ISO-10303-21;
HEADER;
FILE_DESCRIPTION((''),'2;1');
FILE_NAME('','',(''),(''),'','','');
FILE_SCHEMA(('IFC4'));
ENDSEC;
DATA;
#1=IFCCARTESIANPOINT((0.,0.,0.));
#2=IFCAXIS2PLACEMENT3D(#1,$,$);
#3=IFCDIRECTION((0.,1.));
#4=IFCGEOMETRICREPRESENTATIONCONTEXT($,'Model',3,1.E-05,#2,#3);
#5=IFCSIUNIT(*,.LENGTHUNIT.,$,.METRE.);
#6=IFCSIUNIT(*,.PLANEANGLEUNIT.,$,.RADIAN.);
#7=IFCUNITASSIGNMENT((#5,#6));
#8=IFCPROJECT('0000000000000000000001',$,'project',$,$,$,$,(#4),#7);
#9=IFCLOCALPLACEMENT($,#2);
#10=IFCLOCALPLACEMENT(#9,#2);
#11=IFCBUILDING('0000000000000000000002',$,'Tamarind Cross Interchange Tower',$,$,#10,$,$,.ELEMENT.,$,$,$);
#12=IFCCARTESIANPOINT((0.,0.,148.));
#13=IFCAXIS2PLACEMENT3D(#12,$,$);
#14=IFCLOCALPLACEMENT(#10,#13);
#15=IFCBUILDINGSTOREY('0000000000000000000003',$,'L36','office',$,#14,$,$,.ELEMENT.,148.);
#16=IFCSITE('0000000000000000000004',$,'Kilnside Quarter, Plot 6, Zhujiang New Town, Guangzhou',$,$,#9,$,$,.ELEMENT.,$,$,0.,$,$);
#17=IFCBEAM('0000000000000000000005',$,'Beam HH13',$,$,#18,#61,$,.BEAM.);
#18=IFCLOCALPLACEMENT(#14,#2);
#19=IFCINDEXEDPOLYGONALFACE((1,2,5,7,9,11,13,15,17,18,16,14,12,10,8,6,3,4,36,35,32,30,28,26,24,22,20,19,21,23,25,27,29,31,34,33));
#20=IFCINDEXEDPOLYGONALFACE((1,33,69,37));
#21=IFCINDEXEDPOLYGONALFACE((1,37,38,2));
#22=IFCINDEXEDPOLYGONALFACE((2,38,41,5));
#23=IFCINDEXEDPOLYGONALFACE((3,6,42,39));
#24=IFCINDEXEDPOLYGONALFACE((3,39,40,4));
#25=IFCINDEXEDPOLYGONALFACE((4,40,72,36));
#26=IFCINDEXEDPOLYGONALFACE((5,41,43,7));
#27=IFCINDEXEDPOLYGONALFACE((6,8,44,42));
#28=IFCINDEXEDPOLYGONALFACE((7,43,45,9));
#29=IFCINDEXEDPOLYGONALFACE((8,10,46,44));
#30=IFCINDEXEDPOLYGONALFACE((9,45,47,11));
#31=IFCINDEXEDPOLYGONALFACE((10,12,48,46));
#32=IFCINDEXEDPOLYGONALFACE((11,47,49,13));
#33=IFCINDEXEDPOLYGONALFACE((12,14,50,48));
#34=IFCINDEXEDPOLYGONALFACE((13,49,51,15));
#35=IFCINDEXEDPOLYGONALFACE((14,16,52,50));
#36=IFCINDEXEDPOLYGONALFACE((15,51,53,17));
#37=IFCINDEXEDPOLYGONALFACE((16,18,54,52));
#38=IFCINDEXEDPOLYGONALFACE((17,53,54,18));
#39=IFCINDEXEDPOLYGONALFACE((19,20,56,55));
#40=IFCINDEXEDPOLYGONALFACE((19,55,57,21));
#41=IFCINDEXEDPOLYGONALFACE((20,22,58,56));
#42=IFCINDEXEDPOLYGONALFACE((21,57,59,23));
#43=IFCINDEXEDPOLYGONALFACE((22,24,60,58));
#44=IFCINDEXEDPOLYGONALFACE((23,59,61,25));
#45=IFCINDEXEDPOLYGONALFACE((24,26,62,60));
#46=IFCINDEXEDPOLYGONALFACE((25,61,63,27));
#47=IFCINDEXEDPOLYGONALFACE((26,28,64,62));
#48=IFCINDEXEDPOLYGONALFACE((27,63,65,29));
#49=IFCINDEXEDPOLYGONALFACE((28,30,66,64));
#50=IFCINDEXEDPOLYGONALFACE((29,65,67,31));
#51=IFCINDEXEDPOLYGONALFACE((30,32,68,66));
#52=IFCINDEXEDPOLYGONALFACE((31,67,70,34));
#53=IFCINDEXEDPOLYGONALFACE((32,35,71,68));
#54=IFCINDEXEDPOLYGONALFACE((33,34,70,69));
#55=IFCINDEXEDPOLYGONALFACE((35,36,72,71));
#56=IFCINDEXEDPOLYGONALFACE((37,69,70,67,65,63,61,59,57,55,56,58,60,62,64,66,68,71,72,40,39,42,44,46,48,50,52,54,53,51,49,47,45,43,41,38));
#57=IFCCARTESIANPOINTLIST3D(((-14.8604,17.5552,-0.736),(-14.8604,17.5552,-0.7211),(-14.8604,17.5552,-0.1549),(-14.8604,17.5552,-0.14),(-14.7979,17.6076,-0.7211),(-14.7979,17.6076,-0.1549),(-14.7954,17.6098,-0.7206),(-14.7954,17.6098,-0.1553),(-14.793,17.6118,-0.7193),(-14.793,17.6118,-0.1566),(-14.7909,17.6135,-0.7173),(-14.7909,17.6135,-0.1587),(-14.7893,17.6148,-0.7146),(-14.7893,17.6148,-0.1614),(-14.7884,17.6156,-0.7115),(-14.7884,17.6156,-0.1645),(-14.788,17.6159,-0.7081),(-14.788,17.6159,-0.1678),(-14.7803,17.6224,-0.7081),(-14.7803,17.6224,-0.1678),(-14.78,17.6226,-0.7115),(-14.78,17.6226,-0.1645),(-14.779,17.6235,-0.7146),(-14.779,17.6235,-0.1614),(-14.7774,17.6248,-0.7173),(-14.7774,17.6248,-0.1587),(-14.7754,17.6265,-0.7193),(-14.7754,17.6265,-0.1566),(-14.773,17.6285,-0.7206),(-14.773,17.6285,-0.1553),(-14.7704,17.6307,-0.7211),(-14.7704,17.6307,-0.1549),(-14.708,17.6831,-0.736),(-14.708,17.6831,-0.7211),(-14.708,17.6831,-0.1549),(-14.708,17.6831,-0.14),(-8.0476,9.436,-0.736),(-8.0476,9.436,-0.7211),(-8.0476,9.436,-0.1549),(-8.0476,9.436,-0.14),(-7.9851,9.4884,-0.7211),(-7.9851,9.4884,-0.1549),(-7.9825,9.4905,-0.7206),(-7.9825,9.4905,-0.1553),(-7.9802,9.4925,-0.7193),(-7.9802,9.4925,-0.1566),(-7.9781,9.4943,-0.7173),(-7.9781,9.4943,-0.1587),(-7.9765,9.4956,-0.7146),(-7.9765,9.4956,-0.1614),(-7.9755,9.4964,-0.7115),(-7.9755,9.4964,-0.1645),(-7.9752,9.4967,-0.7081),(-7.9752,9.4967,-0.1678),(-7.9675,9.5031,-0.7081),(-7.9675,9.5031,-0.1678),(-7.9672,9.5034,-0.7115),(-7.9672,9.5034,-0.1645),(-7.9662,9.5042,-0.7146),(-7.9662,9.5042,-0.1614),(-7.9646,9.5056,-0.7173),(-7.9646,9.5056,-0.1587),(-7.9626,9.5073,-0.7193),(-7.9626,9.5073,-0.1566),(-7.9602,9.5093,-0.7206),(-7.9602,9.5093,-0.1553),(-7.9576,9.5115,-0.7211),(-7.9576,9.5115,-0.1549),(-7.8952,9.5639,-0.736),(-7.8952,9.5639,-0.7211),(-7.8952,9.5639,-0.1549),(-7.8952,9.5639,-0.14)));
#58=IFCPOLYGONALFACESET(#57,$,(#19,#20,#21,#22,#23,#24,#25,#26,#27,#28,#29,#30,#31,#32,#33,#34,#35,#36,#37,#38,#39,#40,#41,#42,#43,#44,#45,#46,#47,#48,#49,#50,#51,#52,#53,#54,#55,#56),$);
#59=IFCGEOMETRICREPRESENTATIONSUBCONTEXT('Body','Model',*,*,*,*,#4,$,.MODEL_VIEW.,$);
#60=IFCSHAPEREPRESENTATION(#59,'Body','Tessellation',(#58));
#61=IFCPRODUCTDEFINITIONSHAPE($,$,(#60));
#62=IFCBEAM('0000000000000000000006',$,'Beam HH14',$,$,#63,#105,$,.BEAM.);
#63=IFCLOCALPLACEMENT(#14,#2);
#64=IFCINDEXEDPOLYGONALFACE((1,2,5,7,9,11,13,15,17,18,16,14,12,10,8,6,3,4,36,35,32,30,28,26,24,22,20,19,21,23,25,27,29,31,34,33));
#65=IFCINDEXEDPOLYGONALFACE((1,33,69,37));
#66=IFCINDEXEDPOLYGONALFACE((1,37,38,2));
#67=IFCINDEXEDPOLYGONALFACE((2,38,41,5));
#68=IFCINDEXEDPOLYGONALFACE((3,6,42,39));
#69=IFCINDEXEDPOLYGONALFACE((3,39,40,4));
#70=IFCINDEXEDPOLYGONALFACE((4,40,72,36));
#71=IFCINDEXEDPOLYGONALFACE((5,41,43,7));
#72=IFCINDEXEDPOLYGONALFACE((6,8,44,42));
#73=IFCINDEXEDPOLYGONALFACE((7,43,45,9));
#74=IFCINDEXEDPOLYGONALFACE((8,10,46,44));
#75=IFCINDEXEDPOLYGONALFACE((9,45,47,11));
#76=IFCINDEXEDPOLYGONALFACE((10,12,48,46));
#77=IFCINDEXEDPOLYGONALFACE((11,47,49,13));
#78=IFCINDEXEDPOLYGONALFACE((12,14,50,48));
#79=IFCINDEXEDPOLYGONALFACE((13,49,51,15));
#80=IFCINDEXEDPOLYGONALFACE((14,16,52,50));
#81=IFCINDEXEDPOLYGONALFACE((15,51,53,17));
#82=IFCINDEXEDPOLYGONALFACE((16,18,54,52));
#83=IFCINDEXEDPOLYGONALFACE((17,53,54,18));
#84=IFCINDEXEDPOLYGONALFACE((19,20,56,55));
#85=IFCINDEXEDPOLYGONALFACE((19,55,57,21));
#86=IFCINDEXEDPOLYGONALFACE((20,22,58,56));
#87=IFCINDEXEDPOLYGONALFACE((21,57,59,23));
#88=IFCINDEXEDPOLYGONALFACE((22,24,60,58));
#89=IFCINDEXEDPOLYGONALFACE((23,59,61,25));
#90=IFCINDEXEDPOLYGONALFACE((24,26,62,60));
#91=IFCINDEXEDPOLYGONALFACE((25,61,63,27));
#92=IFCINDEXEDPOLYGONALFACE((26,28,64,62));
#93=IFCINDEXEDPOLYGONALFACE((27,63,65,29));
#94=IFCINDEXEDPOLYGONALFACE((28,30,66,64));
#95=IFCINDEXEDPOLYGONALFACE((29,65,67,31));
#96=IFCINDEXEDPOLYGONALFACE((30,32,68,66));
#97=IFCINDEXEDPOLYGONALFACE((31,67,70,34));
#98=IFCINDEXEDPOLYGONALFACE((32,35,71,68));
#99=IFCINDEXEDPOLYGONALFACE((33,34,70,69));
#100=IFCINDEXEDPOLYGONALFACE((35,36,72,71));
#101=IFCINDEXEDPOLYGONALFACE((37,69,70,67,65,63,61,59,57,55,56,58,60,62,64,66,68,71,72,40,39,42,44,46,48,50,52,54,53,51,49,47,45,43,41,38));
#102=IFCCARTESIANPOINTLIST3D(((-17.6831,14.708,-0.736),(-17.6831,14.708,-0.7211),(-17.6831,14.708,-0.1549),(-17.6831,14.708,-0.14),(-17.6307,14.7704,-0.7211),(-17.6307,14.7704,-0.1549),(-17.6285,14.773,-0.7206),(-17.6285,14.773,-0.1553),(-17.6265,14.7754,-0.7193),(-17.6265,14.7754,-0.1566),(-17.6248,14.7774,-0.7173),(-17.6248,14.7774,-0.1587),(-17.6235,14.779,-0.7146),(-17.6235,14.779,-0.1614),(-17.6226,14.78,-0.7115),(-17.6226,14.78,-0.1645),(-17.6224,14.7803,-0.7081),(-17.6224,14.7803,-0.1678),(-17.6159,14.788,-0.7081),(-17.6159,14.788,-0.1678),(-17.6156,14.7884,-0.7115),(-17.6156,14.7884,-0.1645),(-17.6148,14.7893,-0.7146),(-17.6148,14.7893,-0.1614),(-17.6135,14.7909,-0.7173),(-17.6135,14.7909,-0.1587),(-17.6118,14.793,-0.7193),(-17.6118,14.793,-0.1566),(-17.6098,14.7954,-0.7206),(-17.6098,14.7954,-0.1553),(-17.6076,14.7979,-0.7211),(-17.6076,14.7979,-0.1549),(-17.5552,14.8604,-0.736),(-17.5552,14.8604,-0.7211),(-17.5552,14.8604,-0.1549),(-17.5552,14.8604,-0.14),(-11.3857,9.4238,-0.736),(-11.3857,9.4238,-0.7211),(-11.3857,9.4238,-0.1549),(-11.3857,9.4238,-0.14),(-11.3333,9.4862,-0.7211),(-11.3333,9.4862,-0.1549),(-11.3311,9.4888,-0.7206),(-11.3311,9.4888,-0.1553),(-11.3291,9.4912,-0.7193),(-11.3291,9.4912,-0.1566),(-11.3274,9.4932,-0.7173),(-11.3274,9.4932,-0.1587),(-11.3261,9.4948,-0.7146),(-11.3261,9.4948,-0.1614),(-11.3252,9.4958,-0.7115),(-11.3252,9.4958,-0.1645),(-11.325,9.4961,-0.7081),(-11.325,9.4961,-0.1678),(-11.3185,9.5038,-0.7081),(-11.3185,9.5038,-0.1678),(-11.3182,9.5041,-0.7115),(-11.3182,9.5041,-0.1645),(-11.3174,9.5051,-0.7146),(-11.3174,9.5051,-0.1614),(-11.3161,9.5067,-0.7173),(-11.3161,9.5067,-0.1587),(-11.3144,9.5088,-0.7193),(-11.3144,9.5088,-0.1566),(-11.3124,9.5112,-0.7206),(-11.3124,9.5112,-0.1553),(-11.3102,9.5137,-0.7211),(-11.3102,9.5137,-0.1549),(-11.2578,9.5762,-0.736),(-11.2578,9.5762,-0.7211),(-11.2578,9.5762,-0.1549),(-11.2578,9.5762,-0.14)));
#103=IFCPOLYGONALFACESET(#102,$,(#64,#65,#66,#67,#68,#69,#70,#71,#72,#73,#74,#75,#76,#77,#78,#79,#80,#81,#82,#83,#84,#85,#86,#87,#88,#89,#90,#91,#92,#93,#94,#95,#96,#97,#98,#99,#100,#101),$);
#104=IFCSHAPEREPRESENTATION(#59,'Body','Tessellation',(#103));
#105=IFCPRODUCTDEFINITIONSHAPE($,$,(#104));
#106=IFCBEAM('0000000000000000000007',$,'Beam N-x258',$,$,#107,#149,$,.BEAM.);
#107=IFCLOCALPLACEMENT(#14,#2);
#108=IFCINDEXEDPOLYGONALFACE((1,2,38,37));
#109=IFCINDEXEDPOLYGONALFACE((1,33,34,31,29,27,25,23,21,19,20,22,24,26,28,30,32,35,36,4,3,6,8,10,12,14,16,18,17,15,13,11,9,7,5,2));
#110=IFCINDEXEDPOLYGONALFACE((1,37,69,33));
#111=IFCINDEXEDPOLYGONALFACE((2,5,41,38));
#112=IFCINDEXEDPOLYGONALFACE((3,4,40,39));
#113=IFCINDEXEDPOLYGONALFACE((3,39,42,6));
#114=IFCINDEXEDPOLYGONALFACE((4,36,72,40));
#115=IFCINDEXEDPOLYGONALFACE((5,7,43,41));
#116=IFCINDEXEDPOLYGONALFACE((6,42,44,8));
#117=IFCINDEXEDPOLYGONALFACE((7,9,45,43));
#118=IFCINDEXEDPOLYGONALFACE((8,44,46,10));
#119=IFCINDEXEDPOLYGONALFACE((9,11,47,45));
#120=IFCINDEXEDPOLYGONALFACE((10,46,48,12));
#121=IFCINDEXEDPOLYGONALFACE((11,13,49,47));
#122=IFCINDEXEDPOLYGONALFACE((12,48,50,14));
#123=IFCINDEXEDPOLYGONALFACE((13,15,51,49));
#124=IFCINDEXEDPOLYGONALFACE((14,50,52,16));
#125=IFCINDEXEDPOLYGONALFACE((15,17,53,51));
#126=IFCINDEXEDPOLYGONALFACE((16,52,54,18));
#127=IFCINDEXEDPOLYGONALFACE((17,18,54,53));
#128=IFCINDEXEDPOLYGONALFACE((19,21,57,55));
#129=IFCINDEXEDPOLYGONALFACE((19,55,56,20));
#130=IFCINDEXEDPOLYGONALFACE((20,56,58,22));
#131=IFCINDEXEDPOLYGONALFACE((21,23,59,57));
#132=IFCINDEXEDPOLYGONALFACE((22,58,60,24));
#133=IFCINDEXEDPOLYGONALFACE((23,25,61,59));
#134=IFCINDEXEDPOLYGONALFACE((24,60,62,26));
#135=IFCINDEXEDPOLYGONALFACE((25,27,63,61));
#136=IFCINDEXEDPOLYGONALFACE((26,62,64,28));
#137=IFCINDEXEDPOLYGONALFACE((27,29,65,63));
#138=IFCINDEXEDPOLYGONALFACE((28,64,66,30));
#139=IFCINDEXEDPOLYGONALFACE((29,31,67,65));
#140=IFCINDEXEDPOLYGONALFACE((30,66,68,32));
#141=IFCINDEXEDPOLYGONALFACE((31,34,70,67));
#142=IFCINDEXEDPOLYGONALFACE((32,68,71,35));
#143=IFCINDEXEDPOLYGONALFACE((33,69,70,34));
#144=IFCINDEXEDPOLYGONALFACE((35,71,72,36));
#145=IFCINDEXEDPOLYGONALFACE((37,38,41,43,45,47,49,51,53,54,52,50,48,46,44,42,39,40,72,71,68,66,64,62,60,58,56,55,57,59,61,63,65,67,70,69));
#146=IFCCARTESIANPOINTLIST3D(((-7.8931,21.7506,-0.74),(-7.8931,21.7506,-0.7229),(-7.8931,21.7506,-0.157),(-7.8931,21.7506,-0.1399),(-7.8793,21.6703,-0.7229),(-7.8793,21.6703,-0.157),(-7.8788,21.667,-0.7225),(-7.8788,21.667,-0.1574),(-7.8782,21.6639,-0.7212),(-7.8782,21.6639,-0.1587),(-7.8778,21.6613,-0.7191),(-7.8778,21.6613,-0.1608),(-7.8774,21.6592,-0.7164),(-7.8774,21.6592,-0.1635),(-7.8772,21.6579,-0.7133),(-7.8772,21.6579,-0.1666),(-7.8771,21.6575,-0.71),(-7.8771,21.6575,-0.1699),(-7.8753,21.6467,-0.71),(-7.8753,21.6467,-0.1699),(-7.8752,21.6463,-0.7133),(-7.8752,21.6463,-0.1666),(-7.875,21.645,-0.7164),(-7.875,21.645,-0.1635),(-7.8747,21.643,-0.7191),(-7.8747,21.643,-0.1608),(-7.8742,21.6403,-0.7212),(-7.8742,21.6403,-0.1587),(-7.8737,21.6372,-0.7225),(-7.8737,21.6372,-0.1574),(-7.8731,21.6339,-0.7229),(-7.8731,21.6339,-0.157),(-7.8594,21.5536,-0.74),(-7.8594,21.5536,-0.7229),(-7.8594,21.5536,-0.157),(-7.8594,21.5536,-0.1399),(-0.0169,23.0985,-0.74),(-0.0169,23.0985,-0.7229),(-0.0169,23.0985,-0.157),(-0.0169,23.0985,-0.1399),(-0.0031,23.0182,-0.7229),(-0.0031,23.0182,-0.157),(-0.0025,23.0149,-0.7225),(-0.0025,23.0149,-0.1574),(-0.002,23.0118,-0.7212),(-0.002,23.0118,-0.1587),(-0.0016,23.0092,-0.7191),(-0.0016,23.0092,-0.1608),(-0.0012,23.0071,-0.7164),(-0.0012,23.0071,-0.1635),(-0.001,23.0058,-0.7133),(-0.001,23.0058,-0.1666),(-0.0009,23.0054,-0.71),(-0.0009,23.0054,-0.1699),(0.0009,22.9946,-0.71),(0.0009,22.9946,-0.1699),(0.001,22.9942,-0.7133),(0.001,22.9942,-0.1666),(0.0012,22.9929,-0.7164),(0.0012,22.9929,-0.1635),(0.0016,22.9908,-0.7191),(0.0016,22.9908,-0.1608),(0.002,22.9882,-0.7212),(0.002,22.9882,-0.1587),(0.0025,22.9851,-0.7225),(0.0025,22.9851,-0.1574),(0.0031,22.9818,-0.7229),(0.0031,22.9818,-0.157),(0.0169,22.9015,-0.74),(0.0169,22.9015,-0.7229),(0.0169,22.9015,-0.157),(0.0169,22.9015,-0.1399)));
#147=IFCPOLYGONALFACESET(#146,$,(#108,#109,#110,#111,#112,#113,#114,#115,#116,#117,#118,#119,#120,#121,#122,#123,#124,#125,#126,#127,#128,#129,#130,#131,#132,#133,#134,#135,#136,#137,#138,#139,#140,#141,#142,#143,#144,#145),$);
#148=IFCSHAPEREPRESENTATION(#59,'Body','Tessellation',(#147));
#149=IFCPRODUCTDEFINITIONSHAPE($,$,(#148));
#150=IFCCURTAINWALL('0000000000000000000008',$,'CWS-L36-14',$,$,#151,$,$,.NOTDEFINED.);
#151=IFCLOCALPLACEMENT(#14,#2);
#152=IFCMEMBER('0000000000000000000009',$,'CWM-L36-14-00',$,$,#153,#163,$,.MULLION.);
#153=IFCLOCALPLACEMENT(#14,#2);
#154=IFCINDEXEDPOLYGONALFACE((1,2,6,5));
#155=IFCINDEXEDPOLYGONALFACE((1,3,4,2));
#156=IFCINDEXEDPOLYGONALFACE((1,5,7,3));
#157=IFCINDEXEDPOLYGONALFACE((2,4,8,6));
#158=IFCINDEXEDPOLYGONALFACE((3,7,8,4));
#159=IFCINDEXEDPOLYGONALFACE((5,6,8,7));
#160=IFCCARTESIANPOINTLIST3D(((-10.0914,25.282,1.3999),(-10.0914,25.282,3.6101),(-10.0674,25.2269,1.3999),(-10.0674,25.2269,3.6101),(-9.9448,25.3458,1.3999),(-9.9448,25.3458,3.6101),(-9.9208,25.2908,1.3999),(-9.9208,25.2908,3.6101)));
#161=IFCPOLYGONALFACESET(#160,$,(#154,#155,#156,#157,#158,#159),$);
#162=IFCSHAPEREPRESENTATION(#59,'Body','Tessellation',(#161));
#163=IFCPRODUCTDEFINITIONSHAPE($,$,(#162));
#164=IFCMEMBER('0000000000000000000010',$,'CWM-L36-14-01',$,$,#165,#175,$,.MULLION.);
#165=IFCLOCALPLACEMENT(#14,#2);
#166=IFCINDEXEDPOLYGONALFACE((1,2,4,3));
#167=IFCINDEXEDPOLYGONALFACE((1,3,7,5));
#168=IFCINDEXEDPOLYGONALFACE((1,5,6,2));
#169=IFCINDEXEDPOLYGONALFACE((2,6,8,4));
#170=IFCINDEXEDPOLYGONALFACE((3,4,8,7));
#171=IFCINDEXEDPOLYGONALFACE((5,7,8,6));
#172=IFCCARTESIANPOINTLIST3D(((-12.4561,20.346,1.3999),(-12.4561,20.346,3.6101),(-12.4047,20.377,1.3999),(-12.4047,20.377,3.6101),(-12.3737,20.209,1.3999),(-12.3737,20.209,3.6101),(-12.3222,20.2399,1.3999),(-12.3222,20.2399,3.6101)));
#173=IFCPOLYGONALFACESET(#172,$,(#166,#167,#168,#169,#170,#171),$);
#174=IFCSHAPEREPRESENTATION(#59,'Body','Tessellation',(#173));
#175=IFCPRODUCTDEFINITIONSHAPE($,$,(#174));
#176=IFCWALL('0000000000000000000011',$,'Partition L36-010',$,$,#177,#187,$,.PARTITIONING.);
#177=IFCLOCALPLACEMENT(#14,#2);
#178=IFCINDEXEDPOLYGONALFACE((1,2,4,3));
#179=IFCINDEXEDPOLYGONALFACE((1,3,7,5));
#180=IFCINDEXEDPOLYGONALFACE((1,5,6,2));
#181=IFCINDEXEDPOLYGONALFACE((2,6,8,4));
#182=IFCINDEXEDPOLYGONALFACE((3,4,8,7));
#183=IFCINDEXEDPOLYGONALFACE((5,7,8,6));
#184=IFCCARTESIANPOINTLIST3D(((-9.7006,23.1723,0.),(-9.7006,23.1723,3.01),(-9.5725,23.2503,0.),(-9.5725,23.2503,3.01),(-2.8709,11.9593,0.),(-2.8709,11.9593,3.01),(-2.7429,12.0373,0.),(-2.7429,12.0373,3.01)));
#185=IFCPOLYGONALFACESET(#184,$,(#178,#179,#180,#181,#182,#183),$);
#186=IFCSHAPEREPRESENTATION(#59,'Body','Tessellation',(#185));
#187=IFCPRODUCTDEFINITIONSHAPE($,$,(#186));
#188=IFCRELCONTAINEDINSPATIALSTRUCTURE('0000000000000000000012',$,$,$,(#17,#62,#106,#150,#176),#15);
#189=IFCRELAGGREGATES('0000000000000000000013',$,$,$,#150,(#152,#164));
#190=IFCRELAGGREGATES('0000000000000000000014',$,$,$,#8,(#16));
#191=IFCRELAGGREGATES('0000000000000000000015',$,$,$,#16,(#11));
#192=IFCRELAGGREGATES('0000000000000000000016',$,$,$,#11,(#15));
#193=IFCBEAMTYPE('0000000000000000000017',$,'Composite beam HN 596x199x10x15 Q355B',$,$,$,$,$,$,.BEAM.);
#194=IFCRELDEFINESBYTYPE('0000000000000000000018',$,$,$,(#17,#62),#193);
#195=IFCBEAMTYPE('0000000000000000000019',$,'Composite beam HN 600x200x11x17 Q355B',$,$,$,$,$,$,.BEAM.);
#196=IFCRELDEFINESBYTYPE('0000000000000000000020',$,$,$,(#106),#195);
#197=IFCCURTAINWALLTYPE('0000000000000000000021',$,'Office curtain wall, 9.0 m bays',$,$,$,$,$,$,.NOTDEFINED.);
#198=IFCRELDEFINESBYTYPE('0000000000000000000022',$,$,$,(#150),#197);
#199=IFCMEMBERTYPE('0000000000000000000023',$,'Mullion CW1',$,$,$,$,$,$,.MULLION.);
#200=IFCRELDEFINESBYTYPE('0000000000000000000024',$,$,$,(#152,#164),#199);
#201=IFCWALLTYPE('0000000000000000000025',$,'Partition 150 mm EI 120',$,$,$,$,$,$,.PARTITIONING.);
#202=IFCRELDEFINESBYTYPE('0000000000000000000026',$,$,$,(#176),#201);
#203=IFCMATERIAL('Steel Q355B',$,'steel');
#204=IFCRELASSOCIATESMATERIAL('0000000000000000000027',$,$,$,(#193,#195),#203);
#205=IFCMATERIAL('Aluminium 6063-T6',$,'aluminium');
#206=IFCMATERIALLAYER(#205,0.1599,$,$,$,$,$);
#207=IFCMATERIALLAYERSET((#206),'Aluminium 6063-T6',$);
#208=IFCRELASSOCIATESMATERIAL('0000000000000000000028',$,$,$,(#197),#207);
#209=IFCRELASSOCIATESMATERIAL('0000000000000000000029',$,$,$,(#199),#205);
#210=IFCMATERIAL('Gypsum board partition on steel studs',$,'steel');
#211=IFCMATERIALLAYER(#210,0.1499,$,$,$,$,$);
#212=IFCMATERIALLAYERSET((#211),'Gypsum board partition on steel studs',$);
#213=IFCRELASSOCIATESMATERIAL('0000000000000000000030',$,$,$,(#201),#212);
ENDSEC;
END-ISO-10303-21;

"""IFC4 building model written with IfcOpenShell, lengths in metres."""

from ifc_helpers import new_model, si_unit, direction, frame, frame_2d, origin, origin_2d, place, context, subcontext, project, spatial, rectangle, i_section, extrude, material, layer, layer_set, material_profile, profile_set, type_object, element, aggregate, save


model = new_model("IFC4")

# Units and contexts
model_context = context("Model", 3, precision=1e-05, world=origin(), true_north=direction((0.0, 1.0)))
body_context = subcontext(model_context, "Body", "Model", "MODEL_VIEW")
ifc_project = project(units=[si_unit("LENGTHUNIT", "METRE"), si_unit("PLANEANGLEUNIT", "RADIAN")], contexts=[model_context])

# Site, building, storey
site_placement = place(None, origin())
site = spatial("IfcSite", under=ifc_project, at=site_placement, Name="Kilnside Quarter, Plot 6, Zhujiang New Town, Guangzhou", CompositionType="ELEMENT", RefElevation=0.0)
building_placement = place(site_placement, origin())
building = spatial("IfcBuilding", under=site, at=building_placement, Name="Tamarind Cross Interchange Tower", CompositionType="ELEMENT")
storey_placement = place(building_placement, frame((0.0, 0.0, 148.0)))
storey = spatial("IfcBuildingStorey", under=building, at=storey_placement, Name="L36", Description="office", CompositionType="ELEMENT", Elevation=148.0)

# Beams
ifc_material_1 = material(Name="Steel Q355B", Category="steel")
ifc_material_profile_1 = material_profile(ifc_material_1, i_section(OverallWidth=0.199, OverallDepth=0.5959, WebThickness=0.01, FlangeThickness=0.0149, FilletRadius=0.0129, at=origin_2d()), Name="HN 596x199x10x15")
ifc_profile_set_1 = profile_set([ifc_material_profile_1], Name="Steel Q355B")
beam_type_1 = type_object("IfcBeamType", Name="Composite beam HN 596x199x10x15 Q355B", PredefinedType="BEAM", material=ifc_profile_set_1)
beam_1_placement = place(storey_placement, frame((-14.7842, 17.6191, -0.438), z_axis=(0.642786, -0.766046, 0.0), x_axis=(0.766046, 0.642786, 0.0)))
element("IfcBeam", 1, at=beam_1_placement, inside=storey, type_object=beam_type_1, Name="Beam HH13", PredefinedType="BEAM", context=body_context, shape_type="SweptSolid", body=[
    extrude(i_section(OverallWidth=0.199, OverallDepth=0.5959, WebThickness=0.01, FlangeThickness=0.0149, FilletRadius=0.0129, at=origin_2d()), origin(), (0.0, 0.0, 1.0), 10.5989),
])
beam_2_placement = place(storey_placement, frame((-17.6191, 14.7842, -0.438), z_axis=(0.766041, -0.642792, 0.0), x_axis=(0.642792, 0.766041, 0.0)))
element("IfcBeam", 2, at=beam_2_placement, inside=storey, type_object=beam_type_1, Name="Beam HH14", PredefinedType="BEAM", context=body_context, shape_type="SweptSolid", body=[
    extrude(i_section(OverallWidth=0.199, OverallDepth=0.5959, WebThickness=0.01, FlangeThickness=0.0149, FilletRadius=0.0129, at=origin_2d()), origin(), (0.0, 0.0, 1.0), 8.2207),
])
ifc_material_profile_2 = material_profile(ifc_material_1, i_section(OverallWidth=0.2, OverallDepth=0.6001, WebThickness=0.011, FlangeThickness=0.0171, FilletRadius=0.0129, at=origin_2d()), Name="HN 600x200x11x17")
ifc_profile_set_2 = profile_set([ifc_material_profile_2], Name="Steel Q355B")
beam_type_2 = type_object("IfcBeamType", Name="Composite beam HN 600x200x11x17 Q355B", PredefinedType="BEAM", material=ifc_profile_set_2)
beam_3_placement = place(storey_placement, frame((0.0, 23.0, -0.4399), z_axis=(-0.98567, -0.168683, 0.0), x_axis=(0.168683, -0.98567, 0.0)))
element("IfcBeam", 3, at=beam_3_placement, inside=storey, type_object=beam_type_2, Name="Beam N-x258", PredefinedType="BEAM", context=body_context, shape_type="SweptSolid", body=[
    extrude(i_section(OverallWidth=0.2, OverallDepth=0.6001, WebThickness=0.011, FlangeThickness=0.0171, FilletRadius=0.0129, at=origin_2d()), origin(), (0.0, 0.0, 1.0), 7.9907),
])

# Curtain wall, members
ifc_material_2 = material(Name="Aluminium 6063-T6", Category="aluminium")
ifc_layer_1 = layer(ifc_material_2, 0.1599)
ifc_layer_set_1 = layer_set([ifc_layer_1], Name="Aluminium 6063-T6")
curtain_wall_type = type_object("IfcCurtainWallType", Name="Office curtain wall, 9.0 m bays", PredefinedType="NOTDEFINED", material=ifc_layer_set_1)
curtain_wall_placement = place(storey_placement, origin())
curtain_wall = element("IfcCurtainWall", 4, at=curtain_wall_placement, inside=storey, type_object=curtain_wall_type, Name="CWS-L36-14", PredefinedType="NOTDEFINED")
ifc_material_profile_3 = material_profile(ifc_material_2, rectangle(XDim=0.0601, YDim=0.1599, at=origin_2d()), Name="Mullion CW1")
ifc_profile_set_3 = profile_set([ifc_material_profile_3], Name="Aluminium 6063-T6")
member_type = type_object("IfcMemberType", Name="Mullion CW1", PredefinedType="MULLION", material=ifc_profile_set_3)
member_1_placement = place(storey_placement, frame((-10.0061, 25.2864, 1.3999), z_axis=(0.0, 0.0, 1.0), x_axis=(0.399417, -0.916769, 0.0)))
member_1 = element("IfcMember", 5, at=member_1_placement, type_object=member_type, Name="CWM-L36-14-00", PredefinedType="MULLION", context=body_context, shape_type="SweptSolid", body=[
    extrude(rectangle(XDim=0.0601, YDim=0.1599, at=origin_2d()), origin(), (0.0, 0.0, 1.0), 2.2102),
])
member_2_placement = place(storey_placement, frame((-12.3892, 20.293, 1.3999), z_axis=(0.0, 0.0, 1.0), x_axis=(-0.856843, -0.515577, 0.0)))
member_2 = element("IfcMember", 6, at=member_2_placement, type_object=member_type, Name="CWM-L36-14-01", PredefinedType="MULLION", context=body_context, shape_type="SweptSolid", body=[
    extrude(rectangle(XDim=0.0601, YDim=0.1599, at=origin_2d()), origin(), (0.0, 0.0, 1.0), 2.2102),
])
aggregate(curtain_wall, [member_1, member_2])

# Wall
ifc_material_3 = material(Name="Gypsum board partition on steel studs", Category="steel")
ifc_layer_2 = layer(ifc_material_3, 0.1499)
ifc_layer_set_2 = layer_set([ifc_layer_2], Name="Gypsum board partition on steel studs")
wall_type_1 = type_object("IfcWallType", Name="Partition 150 mm EI 120", PredefinedType="PARTITIONING", material=ifc_layer_set_2)
wall_1_placement = place(storey_placement, frame((-9.6365, 23.2112, 0.0), z_axis=(0.0, 0.0, 1.0), x_axis=(0.520189, -0.854051, 0.0)))
element("IfcWall", 7, at=wall_1_placement, inside=storey, type_object=wall_type_1, Name="Partition L36-010", PredefinedType="PARTITIONING", context=body_context, shape_type="SweptSolid", body=[
    extrude(rectangle(XDim=13.1292, YDim=0.1499, at=frame_2d((6.5645, 0.0))), origin(), (0.0, 0.0, 1.0), 3.01),
])

save(model, "model.ifc")
